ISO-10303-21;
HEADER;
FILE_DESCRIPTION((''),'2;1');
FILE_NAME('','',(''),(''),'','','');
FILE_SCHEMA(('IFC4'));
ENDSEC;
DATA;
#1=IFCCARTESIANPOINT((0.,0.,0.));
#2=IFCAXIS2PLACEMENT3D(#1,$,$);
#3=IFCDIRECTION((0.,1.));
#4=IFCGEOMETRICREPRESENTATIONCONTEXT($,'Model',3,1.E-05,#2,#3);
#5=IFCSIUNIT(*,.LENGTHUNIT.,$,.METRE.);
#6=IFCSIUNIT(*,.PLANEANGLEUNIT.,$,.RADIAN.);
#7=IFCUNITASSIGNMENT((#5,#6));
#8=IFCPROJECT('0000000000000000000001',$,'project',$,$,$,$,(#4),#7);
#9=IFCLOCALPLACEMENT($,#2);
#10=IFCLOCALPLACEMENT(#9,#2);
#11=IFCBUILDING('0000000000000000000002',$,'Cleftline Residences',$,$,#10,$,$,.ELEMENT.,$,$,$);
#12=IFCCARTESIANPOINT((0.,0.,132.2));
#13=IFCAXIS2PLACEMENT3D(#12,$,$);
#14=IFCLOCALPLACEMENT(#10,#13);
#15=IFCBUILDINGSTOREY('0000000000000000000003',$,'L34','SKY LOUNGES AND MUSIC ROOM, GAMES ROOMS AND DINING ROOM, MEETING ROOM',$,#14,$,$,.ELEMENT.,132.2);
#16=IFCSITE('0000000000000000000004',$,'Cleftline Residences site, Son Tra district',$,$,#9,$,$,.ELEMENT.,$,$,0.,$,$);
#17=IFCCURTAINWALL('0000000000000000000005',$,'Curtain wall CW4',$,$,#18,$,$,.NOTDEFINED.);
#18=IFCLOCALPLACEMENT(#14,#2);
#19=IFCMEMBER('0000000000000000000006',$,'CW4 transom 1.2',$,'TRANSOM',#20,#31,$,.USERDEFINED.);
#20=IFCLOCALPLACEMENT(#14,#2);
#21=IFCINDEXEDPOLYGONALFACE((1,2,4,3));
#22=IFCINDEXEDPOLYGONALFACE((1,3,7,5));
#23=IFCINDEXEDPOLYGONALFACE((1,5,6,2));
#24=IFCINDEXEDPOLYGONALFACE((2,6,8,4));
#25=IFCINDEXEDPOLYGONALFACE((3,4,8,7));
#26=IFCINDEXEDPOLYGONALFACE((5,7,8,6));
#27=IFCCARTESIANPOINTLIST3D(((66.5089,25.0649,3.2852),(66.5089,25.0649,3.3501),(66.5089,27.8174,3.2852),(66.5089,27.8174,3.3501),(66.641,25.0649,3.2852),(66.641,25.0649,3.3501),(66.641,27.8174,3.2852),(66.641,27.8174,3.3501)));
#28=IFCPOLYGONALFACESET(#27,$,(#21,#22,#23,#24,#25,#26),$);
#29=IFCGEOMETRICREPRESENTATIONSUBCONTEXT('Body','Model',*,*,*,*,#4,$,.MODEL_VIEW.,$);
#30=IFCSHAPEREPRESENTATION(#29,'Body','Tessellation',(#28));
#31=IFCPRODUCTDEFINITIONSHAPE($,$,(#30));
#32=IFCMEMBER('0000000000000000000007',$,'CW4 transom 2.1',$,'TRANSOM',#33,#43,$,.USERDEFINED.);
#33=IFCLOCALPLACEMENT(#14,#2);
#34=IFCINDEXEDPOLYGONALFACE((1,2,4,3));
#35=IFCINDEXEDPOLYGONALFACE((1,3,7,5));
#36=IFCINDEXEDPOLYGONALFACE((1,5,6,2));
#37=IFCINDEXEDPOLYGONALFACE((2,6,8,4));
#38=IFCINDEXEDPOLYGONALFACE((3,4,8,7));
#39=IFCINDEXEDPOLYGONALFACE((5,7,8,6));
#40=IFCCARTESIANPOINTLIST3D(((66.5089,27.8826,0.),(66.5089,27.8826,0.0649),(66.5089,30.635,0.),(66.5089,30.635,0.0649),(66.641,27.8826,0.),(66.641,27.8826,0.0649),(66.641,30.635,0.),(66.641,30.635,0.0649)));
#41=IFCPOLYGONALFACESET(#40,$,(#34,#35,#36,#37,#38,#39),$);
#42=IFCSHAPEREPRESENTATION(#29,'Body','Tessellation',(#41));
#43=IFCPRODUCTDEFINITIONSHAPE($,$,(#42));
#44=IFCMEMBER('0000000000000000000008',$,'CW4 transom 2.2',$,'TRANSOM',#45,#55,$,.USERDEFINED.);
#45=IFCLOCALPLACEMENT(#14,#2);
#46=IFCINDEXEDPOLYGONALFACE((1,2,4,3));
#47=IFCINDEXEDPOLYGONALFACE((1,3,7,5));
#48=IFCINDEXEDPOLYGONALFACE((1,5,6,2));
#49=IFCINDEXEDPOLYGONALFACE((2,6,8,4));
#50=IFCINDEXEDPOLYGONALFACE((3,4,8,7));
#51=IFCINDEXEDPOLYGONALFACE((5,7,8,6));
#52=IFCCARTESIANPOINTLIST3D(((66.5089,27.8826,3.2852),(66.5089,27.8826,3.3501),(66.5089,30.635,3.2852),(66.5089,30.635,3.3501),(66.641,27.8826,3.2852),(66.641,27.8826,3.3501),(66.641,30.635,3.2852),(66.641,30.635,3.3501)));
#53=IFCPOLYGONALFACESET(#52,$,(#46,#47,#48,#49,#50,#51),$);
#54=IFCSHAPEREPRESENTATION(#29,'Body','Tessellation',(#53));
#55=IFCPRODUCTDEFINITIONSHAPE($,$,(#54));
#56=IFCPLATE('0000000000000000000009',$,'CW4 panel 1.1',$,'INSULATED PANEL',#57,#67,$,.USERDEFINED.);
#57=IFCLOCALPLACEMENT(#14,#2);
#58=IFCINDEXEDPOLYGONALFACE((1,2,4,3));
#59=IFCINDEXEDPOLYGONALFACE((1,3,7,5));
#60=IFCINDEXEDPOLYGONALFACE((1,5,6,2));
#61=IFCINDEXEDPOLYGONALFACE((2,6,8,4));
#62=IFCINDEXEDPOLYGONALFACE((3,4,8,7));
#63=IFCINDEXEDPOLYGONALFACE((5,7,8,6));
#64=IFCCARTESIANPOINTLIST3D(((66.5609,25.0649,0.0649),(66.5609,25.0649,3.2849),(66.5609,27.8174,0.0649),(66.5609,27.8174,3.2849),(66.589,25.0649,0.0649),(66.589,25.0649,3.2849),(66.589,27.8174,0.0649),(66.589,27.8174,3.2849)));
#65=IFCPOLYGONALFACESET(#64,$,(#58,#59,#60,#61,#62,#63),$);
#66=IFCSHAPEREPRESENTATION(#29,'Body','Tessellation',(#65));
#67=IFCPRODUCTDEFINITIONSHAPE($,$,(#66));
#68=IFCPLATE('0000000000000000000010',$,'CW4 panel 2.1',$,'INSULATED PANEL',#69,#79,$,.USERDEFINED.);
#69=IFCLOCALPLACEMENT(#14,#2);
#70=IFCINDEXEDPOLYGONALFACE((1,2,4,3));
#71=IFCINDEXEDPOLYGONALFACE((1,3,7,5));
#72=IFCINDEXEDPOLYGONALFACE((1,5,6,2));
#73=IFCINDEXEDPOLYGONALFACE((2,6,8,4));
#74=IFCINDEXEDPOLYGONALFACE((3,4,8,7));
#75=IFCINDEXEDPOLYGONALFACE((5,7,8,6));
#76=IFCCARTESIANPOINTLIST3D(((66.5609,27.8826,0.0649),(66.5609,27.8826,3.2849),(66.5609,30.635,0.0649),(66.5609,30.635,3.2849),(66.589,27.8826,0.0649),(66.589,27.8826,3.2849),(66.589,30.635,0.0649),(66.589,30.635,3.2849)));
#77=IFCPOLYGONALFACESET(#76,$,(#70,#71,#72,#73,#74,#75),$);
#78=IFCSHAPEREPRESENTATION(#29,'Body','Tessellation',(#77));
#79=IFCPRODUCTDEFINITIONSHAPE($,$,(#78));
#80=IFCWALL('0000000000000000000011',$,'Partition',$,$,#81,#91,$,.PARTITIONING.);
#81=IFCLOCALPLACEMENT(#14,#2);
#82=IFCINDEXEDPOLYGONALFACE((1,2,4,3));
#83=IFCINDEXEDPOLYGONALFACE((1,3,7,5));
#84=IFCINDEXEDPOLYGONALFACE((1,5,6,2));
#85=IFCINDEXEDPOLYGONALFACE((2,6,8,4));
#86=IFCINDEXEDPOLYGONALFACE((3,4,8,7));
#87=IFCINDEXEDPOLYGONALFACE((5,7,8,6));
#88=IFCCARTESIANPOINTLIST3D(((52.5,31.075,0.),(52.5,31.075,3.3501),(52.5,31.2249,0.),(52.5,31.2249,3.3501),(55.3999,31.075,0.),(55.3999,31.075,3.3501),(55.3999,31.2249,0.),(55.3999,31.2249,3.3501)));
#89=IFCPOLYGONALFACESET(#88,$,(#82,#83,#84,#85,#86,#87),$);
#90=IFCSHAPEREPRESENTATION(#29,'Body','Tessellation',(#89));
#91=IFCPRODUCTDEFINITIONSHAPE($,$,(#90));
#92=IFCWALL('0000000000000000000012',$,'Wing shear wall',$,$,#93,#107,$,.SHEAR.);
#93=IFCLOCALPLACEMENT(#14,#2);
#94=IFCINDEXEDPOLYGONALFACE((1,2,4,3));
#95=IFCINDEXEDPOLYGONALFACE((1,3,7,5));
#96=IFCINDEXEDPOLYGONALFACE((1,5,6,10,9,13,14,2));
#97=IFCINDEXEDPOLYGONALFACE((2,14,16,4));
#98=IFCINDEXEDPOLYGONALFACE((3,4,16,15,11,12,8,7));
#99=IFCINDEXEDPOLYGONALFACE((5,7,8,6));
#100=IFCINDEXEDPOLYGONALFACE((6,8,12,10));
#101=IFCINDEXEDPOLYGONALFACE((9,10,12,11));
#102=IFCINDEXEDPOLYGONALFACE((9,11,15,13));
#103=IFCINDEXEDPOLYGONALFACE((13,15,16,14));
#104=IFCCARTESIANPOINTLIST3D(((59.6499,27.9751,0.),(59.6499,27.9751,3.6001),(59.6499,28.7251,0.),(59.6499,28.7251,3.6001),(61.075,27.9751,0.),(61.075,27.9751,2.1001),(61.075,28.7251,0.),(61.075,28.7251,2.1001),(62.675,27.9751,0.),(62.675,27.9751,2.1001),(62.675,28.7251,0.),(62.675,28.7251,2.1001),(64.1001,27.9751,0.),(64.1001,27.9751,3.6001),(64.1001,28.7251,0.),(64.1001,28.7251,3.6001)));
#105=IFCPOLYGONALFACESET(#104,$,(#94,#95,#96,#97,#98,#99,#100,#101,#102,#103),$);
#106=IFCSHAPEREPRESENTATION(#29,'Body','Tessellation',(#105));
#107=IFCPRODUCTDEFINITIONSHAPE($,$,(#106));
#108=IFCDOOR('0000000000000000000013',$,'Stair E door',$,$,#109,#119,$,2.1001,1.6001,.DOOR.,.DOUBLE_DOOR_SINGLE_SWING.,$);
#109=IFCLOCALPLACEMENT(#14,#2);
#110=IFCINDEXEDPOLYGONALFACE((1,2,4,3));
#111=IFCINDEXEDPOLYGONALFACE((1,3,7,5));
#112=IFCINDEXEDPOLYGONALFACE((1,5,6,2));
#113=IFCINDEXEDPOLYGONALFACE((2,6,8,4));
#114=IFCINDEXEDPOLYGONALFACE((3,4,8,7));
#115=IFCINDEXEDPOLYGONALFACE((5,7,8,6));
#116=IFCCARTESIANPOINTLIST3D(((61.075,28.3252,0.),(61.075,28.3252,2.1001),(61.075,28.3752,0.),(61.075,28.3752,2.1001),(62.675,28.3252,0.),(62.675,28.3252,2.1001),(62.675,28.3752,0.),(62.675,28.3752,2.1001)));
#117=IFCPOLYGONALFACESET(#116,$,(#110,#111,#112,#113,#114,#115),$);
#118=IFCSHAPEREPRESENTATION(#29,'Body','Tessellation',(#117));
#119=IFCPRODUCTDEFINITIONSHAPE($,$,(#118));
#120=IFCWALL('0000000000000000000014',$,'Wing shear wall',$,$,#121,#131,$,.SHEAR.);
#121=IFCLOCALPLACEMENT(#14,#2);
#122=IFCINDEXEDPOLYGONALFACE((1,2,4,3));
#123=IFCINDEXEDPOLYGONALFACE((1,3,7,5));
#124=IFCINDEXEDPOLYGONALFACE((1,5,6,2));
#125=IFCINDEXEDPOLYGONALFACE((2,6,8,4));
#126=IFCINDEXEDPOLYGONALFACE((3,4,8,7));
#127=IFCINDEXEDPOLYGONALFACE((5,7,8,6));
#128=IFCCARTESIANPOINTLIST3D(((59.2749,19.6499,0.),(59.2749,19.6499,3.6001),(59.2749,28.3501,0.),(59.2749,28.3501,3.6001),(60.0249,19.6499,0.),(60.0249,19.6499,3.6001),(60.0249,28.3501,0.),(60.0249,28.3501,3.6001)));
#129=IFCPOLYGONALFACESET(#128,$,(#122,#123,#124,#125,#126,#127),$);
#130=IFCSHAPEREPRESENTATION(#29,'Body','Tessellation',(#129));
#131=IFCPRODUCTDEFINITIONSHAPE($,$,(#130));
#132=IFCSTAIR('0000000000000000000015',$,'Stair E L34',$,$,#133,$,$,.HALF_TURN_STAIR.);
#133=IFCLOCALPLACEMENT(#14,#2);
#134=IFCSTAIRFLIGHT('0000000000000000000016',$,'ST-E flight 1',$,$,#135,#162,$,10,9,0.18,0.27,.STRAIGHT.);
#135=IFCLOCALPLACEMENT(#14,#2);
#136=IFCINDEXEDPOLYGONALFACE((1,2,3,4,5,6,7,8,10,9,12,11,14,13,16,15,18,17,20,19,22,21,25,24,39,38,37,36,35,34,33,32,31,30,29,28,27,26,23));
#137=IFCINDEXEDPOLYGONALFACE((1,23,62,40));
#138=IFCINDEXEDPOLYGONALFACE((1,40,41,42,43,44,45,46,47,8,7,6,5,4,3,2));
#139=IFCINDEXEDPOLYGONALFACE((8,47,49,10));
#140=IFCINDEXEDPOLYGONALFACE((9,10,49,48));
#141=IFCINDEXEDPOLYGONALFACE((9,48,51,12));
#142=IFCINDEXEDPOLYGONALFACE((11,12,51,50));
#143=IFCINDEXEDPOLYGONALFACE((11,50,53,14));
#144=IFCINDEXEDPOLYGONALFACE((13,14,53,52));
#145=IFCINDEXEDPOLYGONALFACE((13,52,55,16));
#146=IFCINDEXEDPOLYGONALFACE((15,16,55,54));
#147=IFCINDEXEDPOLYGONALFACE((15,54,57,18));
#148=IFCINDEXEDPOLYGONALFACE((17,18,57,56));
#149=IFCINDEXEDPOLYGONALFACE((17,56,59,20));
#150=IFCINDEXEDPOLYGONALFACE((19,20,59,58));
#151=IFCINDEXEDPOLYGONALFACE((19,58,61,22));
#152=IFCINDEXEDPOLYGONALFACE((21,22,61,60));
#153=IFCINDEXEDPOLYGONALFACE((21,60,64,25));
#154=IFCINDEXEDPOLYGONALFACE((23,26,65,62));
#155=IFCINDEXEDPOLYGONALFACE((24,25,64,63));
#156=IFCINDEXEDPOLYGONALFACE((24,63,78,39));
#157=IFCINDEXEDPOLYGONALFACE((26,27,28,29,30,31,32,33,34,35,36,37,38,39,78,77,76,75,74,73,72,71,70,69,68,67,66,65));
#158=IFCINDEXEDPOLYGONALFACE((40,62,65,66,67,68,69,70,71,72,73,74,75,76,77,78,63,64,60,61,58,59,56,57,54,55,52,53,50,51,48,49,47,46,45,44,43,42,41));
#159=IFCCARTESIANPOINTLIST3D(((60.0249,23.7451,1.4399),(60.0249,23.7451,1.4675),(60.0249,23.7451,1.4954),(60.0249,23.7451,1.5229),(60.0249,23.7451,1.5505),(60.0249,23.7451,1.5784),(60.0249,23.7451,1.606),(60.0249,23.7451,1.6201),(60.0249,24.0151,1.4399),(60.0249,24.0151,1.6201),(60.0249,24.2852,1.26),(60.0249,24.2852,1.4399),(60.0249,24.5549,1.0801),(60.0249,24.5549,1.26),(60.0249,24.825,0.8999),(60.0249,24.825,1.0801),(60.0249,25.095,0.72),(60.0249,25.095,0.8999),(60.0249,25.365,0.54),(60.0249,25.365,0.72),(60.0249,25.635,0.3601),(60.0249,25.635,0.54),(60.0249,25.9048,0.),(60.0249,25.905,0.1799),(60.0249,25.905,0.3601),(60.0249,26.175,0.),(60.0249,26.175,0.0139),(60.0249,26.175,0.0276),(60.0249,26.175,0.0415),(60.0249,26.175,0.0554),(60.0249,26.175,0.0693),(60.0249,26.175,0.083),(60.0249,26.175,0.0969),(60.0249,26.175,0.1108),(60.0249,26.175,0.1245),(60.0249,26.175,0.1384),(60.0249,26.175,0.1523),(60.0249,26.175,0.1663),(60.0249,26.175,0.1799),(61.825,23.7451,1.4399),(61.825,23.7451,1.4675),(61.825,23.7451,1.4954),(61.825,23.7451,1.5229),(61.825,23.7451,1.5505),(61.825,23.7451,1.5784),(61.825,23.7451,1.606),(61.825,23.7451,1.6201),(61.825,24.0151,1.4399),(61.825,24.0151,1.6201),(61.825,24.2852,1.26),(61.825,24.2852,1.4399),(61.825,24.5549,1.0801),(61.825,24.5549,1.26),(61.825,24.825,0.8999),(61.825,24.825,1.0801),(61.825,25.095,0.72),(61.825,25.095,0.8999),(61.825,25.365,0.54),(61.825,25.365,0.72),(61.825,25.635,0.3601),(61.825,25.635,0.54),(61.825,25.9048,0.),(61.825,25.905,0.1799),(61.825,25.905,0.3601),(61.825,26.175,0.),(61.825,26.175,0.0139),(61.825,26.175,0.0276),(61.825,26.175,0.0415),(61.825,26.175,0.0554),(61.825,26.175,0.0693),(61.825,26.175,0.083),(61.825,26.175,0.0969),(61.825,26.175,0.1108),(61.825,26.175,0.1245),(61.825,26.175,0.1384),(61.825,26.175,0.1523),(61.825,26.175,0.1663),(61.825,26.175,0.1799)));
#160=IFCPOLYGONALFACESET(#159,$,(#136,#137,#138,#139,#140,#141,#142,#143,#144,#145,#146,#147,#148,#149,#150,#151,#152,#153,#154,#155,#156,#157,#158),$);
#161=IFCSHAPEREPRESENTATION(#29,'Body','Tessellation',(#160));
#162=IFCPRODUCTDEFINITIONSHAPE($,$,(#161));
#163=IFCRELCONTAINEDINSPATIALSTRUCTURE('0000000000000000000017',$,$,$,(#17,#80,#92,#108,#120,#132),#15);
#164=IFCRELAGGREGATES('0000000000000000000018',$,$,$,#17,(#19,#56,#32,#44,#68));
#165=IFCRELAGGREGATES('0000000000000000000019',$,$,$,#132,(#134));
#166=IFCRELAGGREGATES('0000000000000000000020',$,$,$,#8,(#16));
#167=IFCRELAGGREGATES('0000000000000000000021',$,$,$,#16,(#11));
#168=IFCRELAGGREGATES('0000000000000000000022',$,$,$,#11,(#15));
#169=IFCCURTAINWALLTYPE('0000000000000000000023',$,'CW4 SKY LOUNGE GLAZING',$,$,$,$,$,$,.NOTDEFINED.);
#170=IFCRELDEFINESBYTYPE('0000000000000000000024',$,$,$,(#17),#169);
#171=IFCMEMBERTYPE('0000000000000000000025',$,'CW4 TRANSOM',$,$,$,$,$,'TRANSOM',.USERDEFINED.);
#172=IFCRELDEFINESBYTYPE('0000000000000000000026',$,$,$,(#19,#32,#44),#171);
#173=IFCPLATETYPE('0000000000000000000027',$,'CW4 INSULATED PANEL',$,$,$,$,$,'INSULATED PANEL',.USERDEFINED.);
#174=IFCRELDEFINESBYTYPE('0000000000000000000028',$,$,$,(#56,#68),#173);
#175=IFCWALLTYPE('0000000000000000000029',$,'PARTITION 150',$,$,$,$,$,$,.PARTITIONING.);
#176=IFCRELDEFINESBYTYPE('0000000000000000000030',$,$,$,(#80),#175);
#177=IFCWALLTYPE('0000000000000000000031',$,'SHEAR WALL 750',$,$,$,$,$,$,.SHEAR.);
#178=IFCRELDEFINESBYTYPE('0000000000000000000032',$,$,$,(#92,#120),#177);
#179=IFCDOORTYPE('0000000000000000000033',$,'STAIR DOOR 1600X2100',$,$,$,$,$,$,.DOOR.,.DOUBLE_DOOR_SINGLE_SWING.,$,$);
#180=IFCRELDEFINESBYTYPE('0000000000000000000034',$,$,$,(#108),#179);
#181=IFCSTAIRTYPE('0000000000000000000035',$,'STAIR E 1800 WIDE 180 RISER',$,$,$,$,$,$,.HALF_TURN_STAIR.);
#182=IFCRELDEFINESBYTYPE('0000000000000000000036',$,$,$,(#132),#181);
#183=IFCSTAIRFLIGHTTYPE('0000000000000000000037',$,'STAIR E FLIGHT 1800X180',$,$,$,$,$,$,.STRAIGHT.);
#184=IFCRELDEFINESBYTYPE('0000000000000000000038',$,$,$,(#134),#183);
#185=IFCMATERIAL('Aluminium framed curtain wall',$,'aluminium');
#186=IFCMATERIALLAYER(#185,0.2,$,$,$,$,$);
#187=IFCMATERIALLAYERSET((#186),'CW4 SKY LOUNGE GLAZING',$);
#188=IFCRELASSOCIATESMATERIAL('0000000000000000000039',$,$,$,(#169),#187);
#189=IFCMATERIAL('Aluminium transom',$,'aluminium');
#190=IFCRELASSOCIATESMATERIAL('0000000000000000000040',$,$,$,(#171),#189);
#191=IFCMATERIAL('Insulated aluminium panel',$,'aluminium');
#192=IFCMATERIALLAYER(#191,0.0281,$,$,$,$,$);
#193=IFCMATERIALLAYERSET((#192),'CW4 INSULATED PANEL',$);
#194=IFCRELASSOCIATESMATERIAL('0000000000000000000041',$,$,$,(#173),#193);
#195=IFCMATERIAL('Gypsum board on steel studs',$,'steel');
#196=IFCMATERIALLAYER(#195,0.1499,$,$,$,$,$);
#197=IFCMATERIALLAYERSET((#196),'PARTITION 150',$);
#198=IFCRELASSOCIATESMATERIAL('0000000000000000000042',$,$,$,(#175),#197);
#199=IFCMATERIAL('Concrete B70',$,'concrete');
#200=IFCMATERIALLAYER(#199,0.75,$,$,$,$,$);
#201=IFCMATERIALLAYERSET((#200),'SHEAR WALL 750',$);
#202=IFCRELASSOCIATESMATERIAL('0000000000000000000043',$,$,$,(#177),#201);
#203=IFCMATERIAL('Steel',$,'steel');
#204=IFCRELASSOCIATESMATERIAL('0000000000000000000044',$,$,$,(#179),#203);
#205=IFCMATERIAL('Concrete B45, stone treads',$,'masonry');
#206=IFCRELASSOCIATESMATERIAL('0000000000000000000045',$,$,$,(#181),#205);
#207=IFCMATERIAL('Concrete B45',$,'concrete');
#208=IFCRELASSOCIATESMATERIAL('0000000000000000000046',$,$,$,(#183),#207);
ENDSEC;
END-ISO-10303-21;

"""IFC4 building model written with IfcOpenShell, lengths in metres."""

from ifc_helpers import new_model, si_unit, direction, frame, frame_2d, origin, origin_2d, place, context, subcontext, project, spatial, polyline, rectangle, outline, extrude, material, layer, layer_set, material_profile, profile_set, type_object, element, fill, aggregate, save


model = new_model("IFC4")

# Units and contexts
model_context = context("Model", 3, precision=1e-05, world=origin(), true_north=direction((0.0, 1.0)))
body_context = subcontext(model_context, "Body", "Model", "MODEL_VIEW")
ifc_project = project(units=[si_unit("LENGTHUNIT", "METRE"), si_unit("PLANEANGLEUNIT", "RADIAN")], contexts=[model_context])

# Site, building, storey
site_placement = place(None, origin())
site = spatial("IfcSite", under=ifc_project, at=site_placement, Name="Cleftline Residences site, Son Tra district", CompositionType="ELEMENT", RefElevation=0.0)
building_placement = place(site_placement, origin())
building = spatial("IfcBuilding", under=site, at=building_placement, Name="Cleftline Residences", CompositionType="ELEMENT")
storey_placement = place(building_placement, frame((0.0, 0.0, 132.2)))
storey = spatial("IfcBuildingStorey", under=building, at=storey_placement, Name="L34", Description="SKY LOUNGES AND MUSIC ROOM, GAMES ROOMS AND DINING ROOM, MEETING ROOM", CompositionType="ELEMENT", Elevation=132.2)

# Curtain wall, members, plates
ifc_material_1 = material(Name="Aluminium framed curtain wall", Category="aluminium")
ifc_layer_1 = layer(ifc_material_1, 0.2)
ifc_layer_set_1 = layer_set([ifc_layer_1], Name="CW4 SKY LOUNGE GLAZING")
curtain_wall_type = type_object("IfcCurtainWallType", Name="CW4 SKY LOUNGE GLAZING", PredefinedType="NOTDEFINED", material=ifc_layer_set_1)
curtain_wall_placement = place(storey_placement, origin())
curtain_wall = element("IfcCurtainWall", 1, at=curtain_wall_placement, inside=storey, type_object=curtain_wall_type, Name="Curtain wall CW4", PredefinedType="NOTDEFINED")
ifc_material_2 = material(Name="Aluminium transom", Category="aluminium")
ifc_material_profile_1 = material_profile(ifc_material_2, rectangle(XDim=0.1321, YDim=0.0649, at=origin_2d()))
ifc_profile_set_1 = profile_set([ifc_material_profile_1], Name="Aluminium transom")
member_type_1 = type_object("IfcMemberType", Name="CW4 TRANSOM", ElementType="TRANSOM", PredefinedType="USERDEFINED", material=ifc_profile_set_1)
member_1_placement = place(storey_placement, frame((66.575, 25.0649, 3.3176), z_axis=(0.0, 1.0, 0.0), x_axis=(-1.0, 0.0, 0.0)))
member_1 = element("IfcMember", 2, at=member_1_placement, type_object=member_type_1, Name="CW4 transom 1.2", ObjectType="TRANSOM", PredefinedType="USERDEFINED", context=body_context, shape_type="SweptSolid", body=[
    extrude(rectangle(XDim=0.1321, YDim=0.0649, at=origin_2d()), origin(), (0.0, 0.0, 1.0), 2.7524),
])
member_2_placement = place(storey_placement, frame((66.575, 27.8826, 0.0325), z_axis=(0.0, 1.0, 0.0), x_axis=(-1.0, 0.0, 0.0)))
member_2 = element("IfcMember", 3, at=member_2_placement, type_object=member_type_1, Name="CW4 transom 2.1", ObjectType="TRANSOM", PredefinedType="USERDEFINED", context=body_context, shape_type="SweptSolid", body=[
    extrude(rectangle(XDim=0.1321, YDim=0.0649, at=origin_2d()), origin(), (0.0, 0.0, 1.0), 2.7524),
])
member_3_placement = place(storey_placement, frame((66.575, 27.8826, 3.3176), z_axis=(0.0, 1.0, 0.0), x_axis=(-1.0, 0.0, 0.0)))
member_3 = element("IfcMember", 4, at=member_3_placement, type_object=member_type_1, Name="CW4 transom 2.2", ObjectType="TRANSOM", PredefinedType="USERDEFINED", context=body_context, shape_type="SweptSolid", body=[
    extrude(rectangle(XDim=0.1321, YDim=0.0649, at=origin_2d()), origin(), (0.0, 0.0, 1.0), 2.7524),
])
ifc_material_3 = material(Name="Insulated aluminium panel", Category="aluminium")
ifc_layer_2 = layer(ifc_material_3, 0.0281)
ifc_layer_set_2 = layer_set([ifc_layer_2], Name="CW4 INSULATED PANEL")
plate_type = type_object("IfcPlateType", Name="CW4 INSULATED PANEL", ElementType="INSULATED PANEL", PredefinedType="USERDEFINED", material=ifc_layer_set_2)
plate_1_placement = place(storey_placement, frame((66.575, 26.4412, 0.0649), z_axis=(0.0, 0.0, 1.0), x_axis=(0.0, 1.0, 0.0)))
plate_1 = element("IfcPlate", 5, at=plate_1_placement, type_object=plate_type, Name="CW4 panel 1.1", ObjectType="INSULATED PANEL", PredefinedType="USERDEFINED", context=body_context, shape_type="SweptSolid", body=[
    extrude(rectangle(XDim=2.7524, YDim=0.0281, at=origin_2d()), origin(), (0.0, 0.0, 1.0), 3.22),
])
plate_2_placement = place(storey_placement, frame((66.575, 29.2588, 0.0649), z_axis=(0.0, 0.0, 1.0), x_axis=(0.0, 1.0, 0.0)))
plate_2 = element("IfcPlate", 6, at=plate_2_placement, type_object=plate_type, Name="CW4 panel 2.1", ObjectType="INSULATED PANEL", PredefinedType="USERDEFINED", context=body_context, shape_type="SweptSolid", body=[
    extrude(rectangle(XDim=2.7524, YDim=0.0281, at=origin_2d()), origin(), (0.0, 0.0, 1.0), 3.22),
])
aggregate(curtain_wall, [member_1, plate_1, member_2, member_3, plate_2])

# Wall
ifc_material_4 = material(Name="Gypsum board on steel studs", Category="steel")
ifc_layer_3 = layer(ifc_material_4, 0.1499)
ifc_layer_set_3 = layer_set([ifc_layer_3], Name="PARTITION 150")
wall_type_1 = type_object("IfcWallType", Name="PARTITION 150", PredefinedType="PARTITIONING", material=ifc_layer_set_3)
wall_1_placement = place(storey_placement, frame((52.5, 31.1499, 0.0), z_axis=(0.0, 0.0, 1.0), x_axis=(1.0, 0.0, 0.0)))
element("IfcWall", 7, at=wall_1_placement, inside=storey, type_object=wall_type_1, Name="Partition", PredefinedType="PARTITIONING", context=body_context, shape_type="SweptSolid", body=[
    extrude(rectangle(XDim=2.8999, YDim=0.1499, at=frame_2d((1.45, 0.0))), origin(), (0.0, 0.0, 1.0), 3.3501),
])

# Wall, opening, door
ifc_material_5 = material(Name="Concrete B70", Category="concrete")
ifc_layer_4 = layer(ifc_material_5, 0.75)
ifc_layer_set_4 = layer_set([ifc_layer_4], Name="SHEAR WALL 750")
wall_type_2 = type_object("IfcWallType", Name="SHEAR WALL 750", PredefinedType="SHEAR", material=ifc_layer_set_4)
wall_2_placement = place(storey_placement, frame((64.1001, 28.3501, 0.0), z_axis=(0.0, 0.0, 1.0), x_axis=(-1.0, 0.0, 0.0)))
wall_2 = element("IfcWall", 8, at=wall_2_placement, inside=storey, type_object=wall_type_2, Name="Wing shear wall", PredefinedType="SHEAR", context=body_context, shape_type="SweptSolid", body=[
    extrude(rectangle(XDim=4.4502, YDim=0.75, at=frame_2d((2.2251, 0.0))), origin(), (0.0, 0.0, 1.0), 3.6001),
])
opening_placement = place(wall_2_placement, frame((1.425, 0.0, 0.0)))
opening = element("IfcOpeningElement", 9, at=opening_placement, cuts=wall_2, PredefinedType="OPENING", context=body_context, shape_type="SweptSolid", body=[
    extrude(rectangle(XDim=1.6001, YDim=2.1001, at=frame_2d((0.8, 1.05))), frame((0.0, 0.385, 0.0), z_axis=(0.0, -1.0, 0.0), x_axis=(1.0, 0.0, 0.0)), (0.0, 0.0, 1.0), 0.77),
])
ifc_material_6 = material(Name="Steel", Category="steel")
door_type = type_object("IfcDoorType", Name="STAIR DOOR 1600X2100", OperationType="DOUBLE_DOOR_SINGLE_SWING", PredefinedType="DOOR", material=ifc_material_6)
door_placement = place(opening_placement, origin())
door = element("IfcDoor", 10, at=door_placement, inside=storey, type_object=door_type, Name="Stair E door", OperationType="DOUBLE_DOOR_SINGLE_SWING", OverallHeight=2.1001, OverallWidth=1.6001, PredefinedType="DOOR", context=body_context, shape_type="SweptSolid", body=[
    extrude(rectangle(XDim=1.6001, YDim=2.1001, at=frame_2d((0.8, 1.05))), frame((0.0, 0.0249, 0.0), z_axis=(0.0, -1.0, 0.0), x_axis=(1.0, 0.0, 0.0)), (0.0, 0.0, 1.0), 0.05),
])
fill(opening, door)

# Wall
wall_3_placement = place(storey_placement, frame((59.6499, 28.3501, 0.0), z_axis=(0.0, 0.0, 1.0), x_axis=(0.0, -1.0, 0.0)))
element("IfcWall", 11, at=wall_3_placement, inside=storey, type_object=wall_type_2, Name="Wing shear wall", PredefinedType="SHEAR", context=body_context, shape_type="SweptSolid", body=[
    extrude(rectangle(XDim=8.7002, YDim=0.75, at=frame_2d((4.3501, 0.0))), origin(), (0.0, 0.0, 1.0), 3.6001),
])

# Stair, stair flight
ifc_material_7 = material(Name="Concrete B45, stone treads", Category="masonry")
stair_type = type_object("IfcStairType", Name="STAIR E 1800 WIDE 180 RISER", PredefinedType="HALF_TURN_STAIR", material=ifc_material_7)
stair_placement = place(storey_placement, origin())
stair = element("IfcStair", 12, at=stair_placement, inside=storey, type_object=stair_type, Name="Stair E L34", PredefinedType="HALF_TURN_STAIR")
ifc_material_8 = material(Name="Concrete B45", Category="concrete")
stair_flight_type = type_object("IfcStairFlightType", Name="STAIR E FLIGHT 1800X180", PredefinedType="STRAIGHT", material=ifc_material_8)
stair_flight_placement = place(storey_placement, frame((60.925, 26.175, 0.0), z_axis=(0.0, 0.0, 1.0), x_axis=(0.0, -1.0, 0.0)))
stair_flight = element("IfcStairFlight", 13, at=stair_flight_placement, type_object=stair_flight_type, Name="ST-E flight 1", NumberOfRisers=10, NumberOfTreads=9, PredefinedType="STRAIGHT", RiserHeight=0.18, TreadLength=0.27, context=body_context, shape_type="SweptSolid", body=[
    extrude(outline(polyline([(0.0, 0.0), (0.0, 0.0139), (0.0, 0.0276), (0.0, 0.0415), (0.0, 0.0554), (0.0, 0.0693), (0.0, 0.083), (0.0, 0.0969), (0.0, 0.1108), (0.0, 0.1245), (0.0, 0.1384), (0.0, 0.1523), (0.0, 0.1663), (0.0, 0.1799), (0.27, 0.1799), (0.27, 0.3601), (0.54, 0.3601), (0.54, 0.54), (0.8101, 0.54), (0.8101, 0.72), (1.0801, 0.72), (1.0801, 0.8999), (1.3501, 0.8999), (1.3501, 1.0801), (1.6201, 1.0801), (1.6201, 1.26), (1.8899, 1.26), (1.8899, 1.4399), (2.1599, 1.4399), (2.1599, 1.6201), (2.4299, 1.6201), (2.4299, 1.8), (2.4299, 1.7722), (2.4299, 1.7446), (2.4299, 1.7168), (2.4299, 1.6892), (2.4299, 1.6614), (2.4299, 1.6338), (2.4299, 1.606), (2.4299, 1.5784), (2.4299, 1.5505), (2.4299, 1.5229), (2.4299, 1.4954), (2.4299, 1.4675), (2.4299, 1.4399), (0.2703, 0.0), (0.0, 0.0)])), frame((0.0, 0.8999, 0.0), z_axis=(0.0, -1.0, 0.0), x_axis=(1.0, 0.0, 0.0)), (0.0, 0.0, 1.0), 1.8),
])
aggregate(stair, [stair_flight])

save(model, "model.ifc")
